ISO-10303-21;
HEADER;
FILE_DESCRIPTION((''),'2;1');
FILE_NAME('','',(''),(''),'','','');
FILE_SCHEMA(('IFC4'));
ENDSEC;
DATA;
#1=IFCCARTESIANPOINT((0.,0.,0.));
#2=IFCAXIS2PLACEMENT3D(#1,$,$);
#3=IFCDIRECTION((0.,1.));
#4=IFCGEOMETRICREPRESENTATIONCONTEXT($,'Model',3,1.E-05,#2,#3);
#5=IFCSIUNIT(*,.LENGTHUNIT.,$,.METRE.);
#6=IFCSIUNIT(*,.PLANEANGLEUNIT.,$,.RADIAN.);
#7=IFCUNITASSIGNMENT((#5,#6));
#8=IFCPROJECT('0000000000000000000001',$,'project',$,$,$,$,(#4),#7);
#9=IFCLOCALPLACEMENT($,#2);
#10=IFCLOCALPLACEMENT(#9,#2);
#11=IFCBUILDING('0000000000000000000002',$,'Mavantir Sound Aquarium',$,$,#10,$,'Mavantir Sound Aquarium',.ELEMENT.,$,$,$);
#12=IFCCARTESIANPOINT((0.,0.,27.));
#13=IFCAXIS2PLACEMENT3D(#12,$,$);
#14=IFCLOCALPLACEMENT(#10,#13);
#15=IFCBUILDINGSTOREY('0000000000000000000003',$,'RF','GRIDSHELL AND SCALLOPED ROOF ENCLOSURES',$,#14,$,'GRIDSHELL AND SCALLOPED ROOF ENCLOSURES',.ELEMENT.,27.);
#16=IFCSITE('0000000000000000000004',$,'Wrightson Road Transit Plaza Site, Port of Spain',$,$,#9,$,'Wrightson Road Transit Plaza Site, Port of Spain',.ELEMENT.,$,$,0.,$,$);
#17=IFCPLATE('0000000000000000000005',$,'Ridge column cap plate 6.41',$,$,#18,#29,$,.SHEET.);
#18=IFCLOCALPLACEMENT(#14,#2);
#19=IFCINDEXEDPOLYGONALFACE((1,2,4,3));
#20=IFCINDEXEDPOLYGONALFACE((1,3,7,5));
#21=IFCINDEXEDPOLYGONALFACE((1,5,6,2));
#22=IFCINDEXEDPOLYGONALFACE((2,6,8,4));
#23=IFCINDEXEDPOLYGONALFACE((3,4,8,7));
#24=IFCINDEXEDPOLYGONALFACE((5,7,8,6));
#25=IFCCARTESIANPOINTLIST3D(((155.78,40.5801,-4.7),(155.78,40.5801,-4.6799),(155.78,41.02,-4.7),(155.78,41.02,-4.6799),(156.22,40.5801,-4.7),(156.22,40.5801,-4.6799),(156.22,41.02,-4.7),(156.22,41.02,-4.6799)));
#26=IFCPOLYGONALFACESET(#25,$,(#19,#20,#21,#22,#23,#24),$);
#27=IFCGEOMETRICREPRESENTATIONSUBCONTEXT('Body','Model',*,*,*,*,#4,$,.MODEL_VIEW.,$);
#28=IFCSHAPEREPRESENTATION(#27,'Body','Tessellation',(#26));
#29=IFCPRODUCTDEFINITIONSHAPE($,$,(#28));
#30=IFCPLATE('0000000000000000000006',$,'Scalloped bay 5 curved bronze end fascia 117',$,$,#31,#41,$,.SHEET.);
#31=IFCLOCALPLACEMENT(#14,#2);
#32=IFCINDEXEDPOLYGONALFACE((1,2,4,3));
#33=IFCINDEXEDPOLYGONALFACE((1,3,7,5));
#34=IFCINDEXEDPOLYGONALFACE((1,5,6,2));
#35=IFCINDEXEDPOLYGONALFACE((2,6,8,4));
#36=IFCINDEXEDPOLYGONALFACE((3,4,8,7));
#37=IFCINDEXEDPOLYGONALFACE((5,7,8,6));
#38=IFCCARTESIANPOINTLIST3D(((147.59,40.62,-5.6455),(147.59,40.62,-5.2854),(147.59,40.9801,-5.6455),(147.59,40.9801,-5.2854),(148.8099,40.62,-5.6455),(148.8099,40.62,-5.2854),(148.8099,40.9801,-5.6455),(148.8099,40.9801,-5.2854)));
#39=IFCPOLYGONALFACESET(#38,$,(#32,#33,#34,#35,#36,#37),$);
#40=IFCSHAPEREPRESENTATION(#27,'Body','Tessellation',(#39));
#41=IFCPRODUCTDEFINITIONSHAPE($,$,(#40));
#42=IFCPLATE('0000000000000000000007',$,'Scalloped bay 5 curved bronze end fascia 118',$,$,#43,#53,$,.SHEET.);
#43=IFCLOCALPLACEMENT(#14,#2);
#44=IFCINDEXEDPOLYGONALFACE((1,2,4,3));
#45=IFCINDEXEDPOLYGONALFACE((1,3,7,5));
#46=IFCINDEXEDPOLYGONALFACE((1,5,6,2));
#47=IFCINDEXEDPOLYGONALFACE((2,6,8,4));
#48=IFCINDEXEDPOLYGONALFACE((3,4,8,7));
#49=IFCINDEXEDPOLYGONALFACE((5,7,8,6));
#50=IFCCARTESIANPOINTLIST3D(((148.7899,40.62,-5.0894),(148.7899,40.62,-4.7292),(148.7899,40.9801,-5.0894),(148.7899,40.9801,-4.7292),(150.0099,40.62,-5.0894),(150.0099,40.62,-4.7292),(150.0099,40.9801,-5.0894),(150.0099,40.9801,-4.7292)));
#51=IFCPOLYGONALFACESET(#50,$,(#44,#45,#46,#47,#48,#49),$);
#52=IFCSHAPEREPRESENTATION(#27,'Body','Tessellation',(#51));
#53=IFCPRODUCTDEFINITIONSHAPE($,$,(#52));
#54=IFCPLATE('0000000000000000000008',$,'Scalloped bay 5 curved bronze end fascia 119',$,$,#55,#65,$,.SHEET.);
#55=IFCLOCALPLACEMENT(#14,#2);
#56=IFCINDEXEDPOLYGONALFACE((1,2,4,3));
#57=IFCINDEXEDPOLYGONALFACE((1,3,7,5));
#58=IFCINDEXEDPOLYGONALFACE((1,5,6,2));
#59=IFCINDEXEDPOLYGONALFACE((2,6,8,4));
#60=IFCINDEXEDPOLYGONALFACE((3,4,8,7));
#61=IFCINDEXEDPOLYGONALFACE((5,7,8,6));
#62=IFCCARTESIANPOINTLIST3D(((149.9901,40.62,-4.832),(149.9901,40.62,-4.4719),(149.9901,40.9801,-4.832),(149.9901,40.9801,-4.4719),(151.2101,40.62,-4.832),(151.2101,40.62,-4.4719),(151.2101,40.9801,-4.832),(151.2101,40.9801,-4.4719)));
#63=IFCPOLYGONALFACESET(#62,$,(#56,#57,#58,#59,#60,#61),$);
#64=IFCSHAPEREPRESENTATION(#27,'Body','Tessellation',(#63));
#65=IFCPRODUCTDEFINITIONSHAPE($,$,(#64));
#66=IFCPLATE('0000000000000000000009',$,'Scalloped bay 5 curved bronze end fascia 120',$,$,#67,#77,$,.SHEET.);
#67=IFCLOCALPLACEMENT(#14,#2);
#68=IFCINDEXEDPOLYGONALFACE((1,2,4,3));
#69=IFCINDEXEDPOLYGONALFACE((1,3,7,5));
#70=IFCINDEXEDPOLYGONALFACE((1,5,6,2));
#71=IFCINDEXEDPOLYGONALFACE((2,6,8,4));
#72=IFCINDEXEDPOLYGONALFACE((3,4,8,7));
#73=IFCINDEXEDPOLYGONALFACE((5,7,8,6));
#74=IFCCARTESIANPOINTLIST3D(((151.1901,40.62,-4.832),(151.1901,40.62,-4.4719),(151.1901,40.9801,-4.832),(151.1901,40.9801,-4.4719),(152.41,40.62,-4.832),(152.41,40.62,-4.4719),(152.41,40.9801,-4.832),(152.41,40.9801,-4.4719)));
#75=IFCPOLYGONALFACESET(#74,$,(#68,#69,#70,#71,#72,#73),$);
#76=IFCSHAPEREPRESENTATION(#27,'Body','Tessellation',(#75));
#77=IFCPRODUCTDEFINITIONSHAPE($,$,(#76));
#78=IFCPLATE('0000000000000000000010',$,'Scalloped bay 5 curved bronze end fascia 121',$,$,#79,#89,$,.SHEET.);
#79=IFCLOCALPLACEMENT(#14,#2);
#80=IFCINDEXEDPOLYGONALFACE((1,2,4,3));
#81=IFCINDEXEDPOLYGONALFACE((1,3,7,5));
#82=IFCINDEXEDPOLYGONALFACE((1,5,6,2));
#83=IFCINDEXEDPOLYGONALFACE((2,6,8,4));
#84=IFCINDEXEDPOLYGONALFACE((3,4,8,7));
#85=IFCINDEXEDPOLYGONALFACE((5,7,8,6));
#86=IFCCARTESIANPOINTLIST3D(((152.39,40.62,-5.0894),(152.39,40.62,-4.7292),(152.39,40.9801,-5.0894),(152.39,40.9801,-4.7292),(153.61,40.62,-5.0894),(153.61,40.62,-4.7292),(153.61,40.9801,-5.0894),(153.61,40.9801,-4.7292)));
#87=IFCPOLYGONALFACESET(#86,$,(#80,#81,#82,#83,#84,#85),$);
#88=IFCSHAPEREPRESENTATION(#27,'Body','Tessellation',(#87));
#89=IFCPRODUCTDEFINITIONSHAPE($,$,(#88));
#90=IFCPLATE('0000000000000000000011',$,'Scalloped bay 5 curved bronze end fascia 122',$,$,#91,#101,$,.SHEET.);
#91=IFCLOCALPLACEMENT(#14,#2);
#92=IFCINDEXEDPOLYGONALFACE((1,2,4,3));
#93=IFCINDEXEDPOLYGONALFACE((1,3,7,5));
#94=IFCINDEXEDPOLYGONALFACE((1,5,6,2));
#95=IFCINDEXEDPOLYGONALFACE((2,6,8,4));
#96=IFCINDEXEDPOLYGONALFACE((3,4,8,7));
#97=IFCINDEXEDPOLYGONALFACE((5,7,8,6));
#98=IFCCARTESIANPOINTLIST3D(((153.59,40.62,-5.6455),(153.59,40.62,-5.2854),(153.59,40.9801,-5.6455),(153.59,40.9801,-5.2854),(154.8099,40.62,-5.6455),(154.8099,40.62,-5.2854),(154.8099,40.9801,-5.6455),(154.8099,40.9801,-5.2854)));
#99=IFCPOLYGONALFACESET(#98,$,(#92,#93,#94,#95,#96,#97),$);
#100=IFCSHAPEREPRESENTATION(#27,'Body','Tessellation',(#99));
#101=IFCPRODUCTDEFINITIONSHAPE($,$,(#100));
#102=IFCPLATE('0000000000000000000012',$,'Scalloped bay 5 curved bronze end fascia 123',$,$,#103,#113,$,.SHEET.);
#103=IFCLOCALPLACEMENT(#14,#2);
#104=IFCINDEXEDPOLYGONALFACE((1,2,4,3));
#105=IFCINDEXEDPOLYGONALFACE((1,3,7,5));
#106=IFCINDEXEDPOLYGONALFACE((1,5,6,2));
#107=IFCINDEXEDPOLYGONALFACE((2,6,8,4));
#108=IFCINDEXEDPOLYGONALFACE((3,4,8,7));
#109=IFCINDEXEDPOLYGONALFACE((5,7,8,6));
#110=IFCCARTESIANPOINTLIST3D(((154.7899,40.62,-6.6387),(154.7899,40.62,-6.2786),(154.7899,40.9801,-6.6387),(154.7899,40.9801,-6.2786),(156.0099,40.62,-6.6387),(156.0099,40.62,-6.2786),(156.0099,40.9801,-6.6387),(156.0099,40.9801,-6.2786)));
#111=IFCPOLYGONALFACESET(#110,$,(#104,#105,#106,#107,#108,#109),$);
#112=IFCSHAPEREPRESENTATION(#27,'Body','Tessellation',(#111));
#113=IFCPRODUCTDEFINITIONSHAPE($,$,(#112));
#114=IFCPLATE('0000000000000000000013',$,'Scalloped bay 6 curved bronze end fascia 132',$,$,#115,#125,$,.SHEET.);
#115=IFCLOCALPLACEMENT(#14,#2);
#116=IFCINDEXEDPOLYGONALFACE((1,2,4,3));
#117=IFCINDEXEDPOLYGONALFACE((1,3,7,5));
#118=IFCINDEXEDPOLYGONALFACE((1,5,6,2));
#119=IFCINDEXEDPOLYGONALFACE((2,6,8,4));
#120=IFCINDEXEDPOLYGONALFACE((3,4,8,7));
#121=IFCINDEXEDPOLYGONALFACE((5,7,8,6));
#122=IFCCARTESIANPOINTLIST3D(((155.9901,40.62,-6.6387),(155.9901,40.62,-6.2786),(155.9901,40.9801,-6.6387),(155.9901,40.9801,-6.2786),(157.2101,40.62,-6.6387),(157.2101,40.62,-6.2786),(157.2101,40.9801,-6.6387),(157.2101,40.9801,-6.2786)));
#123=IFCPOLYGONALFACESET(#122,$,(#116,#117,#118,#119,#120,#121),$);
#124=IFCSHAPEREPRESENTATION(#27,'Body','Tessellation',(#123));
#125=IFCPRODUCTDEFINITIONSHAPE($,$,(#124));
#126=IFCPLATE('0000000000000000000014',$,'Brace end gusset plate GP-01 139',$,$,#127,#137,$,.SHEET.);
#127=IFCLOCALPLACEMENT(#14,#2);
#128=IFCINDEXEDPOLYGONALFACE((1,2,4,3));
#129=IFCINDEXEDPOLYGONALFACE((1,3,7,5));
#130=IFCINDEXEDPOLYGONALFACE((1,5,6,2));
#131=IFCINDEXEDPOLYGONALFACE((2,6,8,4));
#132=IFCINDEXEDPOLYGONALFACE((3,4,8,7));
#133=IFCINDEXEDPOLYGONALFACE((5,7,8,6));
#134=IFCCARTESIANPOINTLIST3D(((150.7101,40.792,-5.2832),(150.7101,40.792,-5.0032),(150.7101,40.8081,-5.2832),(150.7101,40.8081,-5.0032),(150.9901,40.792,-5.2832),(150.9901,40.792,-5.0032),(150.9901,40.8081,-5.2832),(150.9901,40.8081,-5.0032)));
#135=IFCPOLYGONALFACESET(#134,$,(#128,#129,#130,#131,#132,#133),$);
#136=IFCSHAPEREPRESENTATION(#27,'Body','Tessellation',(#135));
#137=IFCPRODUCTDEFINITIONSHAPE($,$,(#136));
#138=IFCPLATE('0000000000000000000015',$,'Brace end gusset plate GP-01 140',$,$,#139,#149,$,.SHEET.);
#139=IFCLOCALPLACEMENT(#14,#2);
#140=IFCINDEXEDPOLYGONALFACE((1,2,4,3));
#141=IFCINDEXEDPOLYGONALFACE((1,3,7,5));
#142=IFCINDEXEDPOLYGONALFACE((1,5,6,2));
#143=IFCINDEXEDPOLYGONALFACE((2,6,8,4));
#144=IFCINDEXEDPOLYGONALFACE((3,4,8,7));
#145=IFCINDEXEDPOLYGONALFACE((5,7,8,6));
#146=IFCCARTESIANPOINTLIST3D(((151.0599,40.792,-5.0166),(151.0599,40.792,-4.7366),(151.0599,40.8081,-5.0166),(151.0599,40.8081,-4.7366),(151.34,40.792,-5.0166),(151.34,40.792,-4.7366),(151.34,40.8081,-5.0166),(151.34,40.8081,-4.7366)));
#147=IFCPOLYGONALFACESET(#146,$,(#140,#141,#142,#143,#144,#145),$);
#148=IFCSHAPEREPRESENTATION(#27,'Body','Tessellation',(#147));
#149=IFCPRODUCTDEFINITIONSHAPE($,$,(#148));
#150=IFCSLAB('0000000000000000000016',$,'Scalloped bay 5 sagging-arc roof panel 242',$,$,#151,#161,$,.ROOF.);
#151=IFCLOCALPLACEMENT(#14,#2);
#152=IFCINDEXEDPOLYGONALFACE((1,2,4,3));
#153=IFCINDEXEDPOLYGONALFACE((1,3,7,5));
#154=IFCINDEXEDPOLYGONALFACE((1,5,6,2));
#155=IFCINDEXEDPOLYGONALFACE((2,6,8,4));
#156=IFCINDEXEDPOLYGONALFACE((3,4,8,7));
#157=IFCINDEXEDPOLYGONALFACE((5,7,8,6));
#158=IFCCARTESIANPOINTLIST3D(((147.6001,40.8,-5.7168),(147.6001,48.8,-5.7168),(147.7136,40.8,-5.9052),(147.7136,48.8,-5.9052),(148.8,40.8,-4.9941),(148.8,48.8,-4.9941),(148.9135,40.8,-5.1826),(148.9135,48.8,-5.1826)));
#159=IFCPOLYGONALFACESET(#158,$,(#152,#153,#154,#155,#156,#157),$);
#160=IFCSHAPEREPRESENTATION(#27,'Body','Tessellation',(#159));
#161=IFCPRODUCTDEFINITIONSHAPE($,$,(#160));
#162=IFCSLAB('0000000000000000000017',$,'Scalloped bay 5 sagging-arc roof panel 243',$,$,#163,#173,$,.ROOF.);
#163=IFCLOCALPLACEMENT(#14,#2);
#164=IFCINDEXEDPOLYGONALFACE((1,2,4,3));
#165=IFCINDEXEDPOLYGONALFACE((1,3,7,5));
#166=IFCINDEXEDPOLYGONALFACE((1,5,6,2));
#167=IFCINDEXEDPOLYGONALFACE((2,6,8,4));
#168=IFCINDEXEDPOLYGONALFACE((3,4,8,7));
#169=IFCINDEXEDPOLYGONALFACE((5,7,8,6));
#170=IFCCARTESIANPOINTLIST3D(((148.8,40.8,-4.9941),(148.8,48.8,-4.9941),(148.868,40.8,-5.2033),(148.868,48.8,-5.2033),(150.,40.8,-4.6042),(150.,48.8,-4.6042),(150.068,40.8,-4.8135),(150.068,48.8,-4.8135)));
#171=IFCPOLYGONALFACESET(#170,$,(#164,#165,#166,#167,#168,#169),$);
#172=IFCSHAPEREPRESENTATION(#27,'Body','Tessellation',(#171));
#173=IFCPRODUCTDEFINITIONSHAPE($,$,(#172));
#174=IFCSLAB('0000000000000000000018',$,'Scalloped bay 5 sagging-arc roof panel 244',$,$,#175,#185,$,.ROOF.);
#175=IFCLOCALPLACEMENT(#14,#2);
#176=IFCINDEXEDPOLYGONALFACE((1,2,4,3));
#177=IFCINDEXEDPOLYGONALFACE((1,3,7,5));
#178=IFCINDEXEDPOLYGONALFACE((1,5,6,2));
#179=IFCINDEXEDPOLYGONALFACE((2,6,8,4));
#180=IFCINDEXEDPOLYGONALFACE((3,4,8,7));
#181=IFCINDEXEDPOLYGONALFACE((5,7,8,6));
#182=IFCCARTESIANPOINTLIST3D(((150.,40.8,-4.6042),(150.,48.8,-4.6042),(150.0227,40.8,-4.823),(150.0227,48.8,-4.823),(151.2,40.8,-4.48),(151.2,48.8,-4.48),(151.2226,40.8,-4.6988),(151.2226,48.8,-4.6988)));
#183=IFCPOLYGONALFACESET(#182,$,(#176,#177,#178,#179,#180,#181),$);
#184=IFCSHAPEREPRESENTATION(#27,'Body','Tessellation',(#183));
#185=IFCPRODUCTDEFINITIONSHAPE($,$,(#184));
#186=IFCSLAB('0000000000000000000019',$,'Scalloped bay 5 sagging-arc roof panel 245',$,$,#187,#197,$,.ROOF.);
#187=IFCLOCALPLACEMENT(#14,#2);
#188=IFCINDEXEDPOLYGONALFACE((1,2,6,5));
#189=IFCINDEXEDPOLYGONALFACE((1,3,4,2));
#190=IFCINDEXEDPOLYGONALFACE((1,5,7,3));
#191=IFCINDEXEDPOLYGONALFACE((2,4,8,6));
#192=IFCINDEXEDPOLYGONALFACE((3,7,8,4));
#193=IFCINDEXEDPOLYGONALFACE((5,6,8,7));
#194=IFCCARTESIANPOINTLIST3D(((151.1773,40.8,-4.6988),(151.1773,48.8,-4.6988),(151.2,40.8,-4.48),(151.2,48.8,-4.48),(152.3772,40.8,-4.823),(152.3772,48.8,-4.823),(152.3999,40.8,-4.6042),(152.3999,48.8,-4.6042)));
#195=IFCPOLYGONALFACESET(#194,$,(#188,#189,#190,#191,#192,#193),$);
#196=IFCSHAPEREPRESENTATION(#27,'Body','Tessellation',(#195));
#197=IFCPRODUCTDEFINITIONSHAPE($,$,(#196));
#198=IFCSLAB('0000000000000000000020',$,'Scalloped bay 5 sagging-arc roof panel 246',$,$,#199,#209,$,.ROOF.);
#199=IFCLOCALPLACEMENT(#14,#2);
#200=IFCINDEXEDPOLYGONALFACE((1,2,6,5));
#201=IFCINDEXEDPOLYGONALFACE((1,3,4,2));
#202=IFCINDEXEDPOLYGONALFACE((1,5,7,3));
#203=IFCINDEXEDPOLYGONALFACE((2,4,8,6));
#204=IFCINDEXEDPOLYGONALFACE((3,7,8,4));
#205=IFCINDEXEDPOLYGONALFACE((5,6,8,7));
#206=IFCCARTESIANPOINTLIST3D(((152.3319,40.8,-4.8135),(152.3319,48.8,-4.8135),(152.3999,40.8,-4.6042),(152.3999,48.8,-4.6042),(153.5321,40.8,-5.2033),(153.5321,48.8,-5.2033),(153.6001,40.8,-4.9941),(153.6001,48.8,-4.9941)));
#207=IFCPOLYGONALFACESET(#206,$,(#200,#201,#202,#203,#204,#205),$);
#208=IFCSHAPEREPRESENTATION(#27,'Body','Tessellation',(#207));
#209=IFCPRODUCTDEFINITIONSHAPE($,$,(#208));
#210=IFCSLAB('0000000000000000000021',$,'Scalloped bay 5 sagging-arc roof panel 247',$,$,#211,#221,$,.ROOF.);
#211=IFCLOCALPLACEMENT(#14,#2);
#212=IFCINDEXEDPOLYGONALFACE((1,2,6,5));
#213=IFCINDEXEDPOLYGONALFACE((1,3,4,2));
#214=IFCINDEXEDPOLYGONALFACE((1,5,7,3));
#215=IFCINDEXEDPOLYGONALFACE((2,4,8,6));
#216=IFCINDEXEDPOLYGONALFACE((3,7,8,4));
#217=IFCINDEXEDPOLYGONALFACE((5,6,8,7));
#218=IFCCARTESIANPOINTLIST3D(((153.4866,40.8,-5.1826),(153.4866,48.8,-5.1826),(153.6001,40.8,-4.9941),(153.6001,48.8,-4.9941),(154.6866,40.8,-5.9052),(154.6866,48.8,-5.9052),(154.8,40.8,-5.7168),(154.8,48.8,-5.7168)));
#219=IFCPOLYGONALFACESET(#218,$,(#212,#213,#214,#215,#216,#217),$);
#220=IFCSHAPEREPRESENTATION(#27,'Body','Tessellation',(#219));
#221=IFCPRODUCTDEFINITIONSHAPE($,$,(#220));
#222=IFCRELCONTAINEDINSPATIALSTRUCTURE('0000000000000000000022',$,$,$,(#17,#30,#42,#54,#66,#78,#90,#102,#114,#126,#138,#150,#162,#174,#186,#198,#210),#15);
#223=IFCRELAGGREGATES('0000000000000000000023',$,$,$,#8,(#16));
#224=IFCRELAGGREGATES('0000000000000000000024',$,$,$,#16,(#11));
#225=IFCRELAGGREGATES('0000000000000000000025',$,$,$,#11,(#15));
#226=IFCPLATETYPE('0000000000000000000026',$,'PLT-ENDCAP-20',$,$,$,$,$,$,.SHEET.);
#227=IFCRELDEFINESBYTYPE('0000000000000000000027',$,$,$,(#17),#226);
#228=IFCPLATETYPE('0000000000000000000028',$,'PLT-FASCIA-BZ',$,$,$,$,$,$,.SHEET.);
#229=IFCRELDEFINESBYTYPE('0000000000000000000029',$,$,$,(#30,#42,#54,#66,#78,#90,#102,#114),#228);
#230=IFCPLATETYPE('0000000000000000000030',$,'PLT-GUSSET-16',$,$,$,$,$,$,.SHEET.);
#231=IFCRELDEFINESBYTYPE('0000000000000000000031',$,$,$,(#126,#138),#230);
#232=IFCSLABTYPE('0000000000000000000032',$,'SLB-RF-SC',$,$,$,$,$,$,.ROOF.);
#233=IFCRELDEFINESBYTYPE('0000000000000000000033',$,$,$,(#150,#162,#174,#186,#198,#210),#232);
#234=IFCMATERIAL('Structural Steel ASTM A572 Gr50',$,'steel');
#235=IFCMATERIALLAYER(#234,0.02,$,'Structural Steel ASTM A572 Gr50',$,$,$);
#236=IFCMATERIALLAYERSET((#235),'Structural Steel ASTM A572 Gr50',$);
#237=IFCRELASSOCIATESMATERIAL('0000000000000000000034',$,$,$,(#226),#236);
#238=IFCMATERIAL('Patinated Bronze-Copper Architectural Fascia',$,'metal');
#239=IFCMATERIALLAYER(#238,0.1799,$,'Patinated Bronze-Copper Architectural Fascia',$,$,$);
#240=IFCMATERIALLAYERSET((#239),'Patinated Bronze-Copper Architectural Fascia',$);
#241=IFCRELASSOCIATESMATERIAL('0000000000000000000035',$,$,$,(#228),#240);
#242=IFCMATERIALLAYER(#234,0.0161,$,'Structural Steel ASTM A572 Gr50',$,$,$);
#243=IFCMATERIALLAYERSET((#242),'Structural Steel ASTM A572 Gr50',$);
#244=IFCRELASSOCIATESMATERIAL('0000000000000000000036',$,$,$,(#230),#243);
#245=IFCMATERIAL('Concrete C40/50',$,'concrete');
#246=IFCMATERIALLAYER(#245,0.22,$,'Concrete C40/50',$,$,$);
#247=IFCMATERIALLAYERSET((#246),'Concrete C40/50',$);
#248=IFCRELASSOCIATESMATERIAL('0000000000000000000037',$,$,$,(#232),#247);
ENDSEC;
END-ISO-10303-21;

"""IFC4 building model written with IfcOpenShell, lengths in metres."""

from ifc_helpers import new_model, si_unit, direction, frame, origin, origin_2d, place, context, subcontext, project, spatial, polyline, rectangle, outline, extrude, material, layer, layer_set, type_object, element, save


model = new_model("IFC4")

# Units and contexts
model_context = context("Model", 3, precision=1e-05, world=origin(), true_north=direction((0.0, 1.0)))
body_context = subcontext(model_context, "Body", "Model", "MODEL_VIEW")
ifc_project = project(units=[si_unit("LENGTHUNIT", "METRE"), si_unit("PLANEANGLEUNIT", "RADIAN")], contexts=[model_context])

# Site, building, storey
site_placement = place(None, origin())
site = spatial("IfcSite", under=ifc_project, at=site_placement, Name="Wrightson Road Transit Plaza Site, Port of Spain", LongName="Wrightson Road Transit Plaza Site, Port of Spain", CompositionType="ELEMENT", RefElevation=0.0)
building_placement = place(site_placement, origin())
building = spatial("IfcBuilding", under=site, at=building_placement, Name="Mavantir Sound Aquarium", LongName="Mavantir Sound Aquarium", CompositionType="ELEMENT")
storey_placement = place(building_placement, frame((0.0, 0.0, 27.0)))
storey = spatial("IfcBuildingStorey", under=building, at=storey_placement, Name="RF", Description="GRIDSHELL AND SCALLOPED ROOF ENCLOSURES", LongName="GRIDSHELL AND SCALLOPED ROOF ENCLOSURES", CompositionType="ELEMENT", Elevation=27.0)

# Shared definitions
ifc_material_1 = material(Name="Concrete C40/50", Category="concrete")

# Plates
ifc_material_2 = material(Name="Structural Steel ASTM A572 Gr50", Category="steel")
ifc_layer_1 = layer(ifc_material_2, 0.02, Name="Structural Steel ASTM A572 Gr50")
ifc_layer_set_1 = layer_set([ifc_layer_1], Name="Structural Steel ASTM A572 Gr50")
plate_type_1 = type_object("IfcPlateType", Name="PLT-ENDCAP-20", PredefinedType="SHEET", material=ifc_layer_set_1)
plate_placement = place(storey_placement, frame((156.0, 40.8, -4.7), z_axis=(0.0, 0.0, 1.0), x_axis=(1.0, 0.0, 0.0)))
element("IfcPlate", 1, at=plate_placement, inside=storey, type_object=plate_type_1, Name="Ridge column cap plate 6.41", PredefinedType="SHEET", context=body_context, shape_type="SweptSolid", body=[
    extrude(rectangle(XDim=0.4399, YDim=0.4399, at=origin_2d()), origin(), (0.0, 0.0, 1.0), 0.02),
])
ifc_material_3 = material(Name="Patinated Bronze-Copper Architectural Fascia", Category="metal")
ifc_layer_2 = layer(ifc_material_3, 0.1799, Name="Patinated Bronze-Copper Architectural Fascia")
ifc_layer_set_2 = layer_set([ifc_layer_2], Name="Patinated Bronze-Copper Architectural Fascia")
plate_type_2 = type_object("IfcPlateType", Name="PLT-FASCIA-BZ", PredefinedType="SHEET", material=ifc_layer_set_2)
for number, where, z_axis, x_axis, name in (
    (2, (148.2, 40.8, -5.6455), (0.0, 0.0, 1.0), (1.0, 0.0, 0.0), "Scalloped bay 5 curved bronze end fascia 117"),
    (3, (149.3999, 40.8, -5.0894), (0.0, 0.0, 1.0), (1.0, 0.0, 0.0), "Scalloped bay 5 curved bronze end fascia 118"),
    (4, (150.6001, 40.8, -4.832), (0.0, 0.0, 1.0), (1.0, 0.0, 0.0), "Scalloped bay 5 curved bronze end fascia 119"),
    (5, (151.8, 40.8, -4.832), (0.0, 0.0, 1.0), (1.0, 0.0, 0.0), "Scalloped bay 5 curved bronze end fascia 120"),
    (6, (153.0, 40.8, -5.0894), (0.0, 0.0, 1.0), (1.0, 0.0, 0.0), "Scalloped bay 5 curved bronze end fascia 121"),
    (7, (154.2, 40.8, -5.6455), (0.0, 0.0, 1.0), (1.0, 0.0, 0.0), "Scalloped bay 5 curved bronze end fascia 122"),
    (8, (155.3999, 40.8, -6.6387), (0.0, 0.0, 1.0), (1.0, 0.0, 0.0), "Scalloped bay 5 curved bronze end fascia 123"),
    (9, (156.6001, 40.8, -6.6387), (0.0, 0.0, 1.0), (1.0, 0.0, 0.0), "Scalloped bay 6 curved bronze end fascia 132"),
):
    element("IfcPlate", number, at=place(storey_placement, frame(where, z_axis=z_axis, x_axis=x_axis)), inside=storey, type_object=plate_type_2, Name=name, PredefinedType="SHEET", context=body_context, shape_type="SweptSolid", body=[
        extrude(rectangle(XDim=1.22, YDim=0.3601, at=origin_2d()), origin(), (0.0, 0.0, 1.0), 0.3601),
    ])
ifc_layer_3 = layer(ifc_material_2, 0.0161, Name="Structural Steel ASTM A572 Gr50")
ifc_layer_set_3 = layer_set([ifc_layer_3], Name="Structural Steel ASTM A572 Gr50")
plate_type_3 = type_object("IfcPlateType", Name="PLT-GUSSET-16", PredefinedType="SHEET", material=ifc_layer_set_3)
for number, where, z_axis, x_axis, name in (
    (10, (150.8501, 40.8, -5.2832), (0.0, 0.0, 1.0), (1.0, 0.0, 0.0), "Brace end gusset plate GP-01 139"),
    (11, (151.2, 40.8, -5.0166), (0.0, 0.0, 1.0), (1.0, 0.0, 0.0), "Brace end gusset plate GP-01 140"),
):
    element("IfcPlate", number, at=place(storey_placement, frame(where, z_axis=z_axis, x_axis=x_axis)), inside=storey, type_object=plate_type_3, Name=name, PredefinedType="SHEET", context=body_context, shape_type="SweptSolid", body=[
        extrude(rectangle(XDim=0.28, YDim=0.0161, at=origin_2d()), origin(), (0.0, 0.0, 1.0), 0.28),
    ])

# Slabs
ifc_layer_4 = layer(ifc_material_1, 0.22, Name="Concrete C40/50")
ifc_layer_set_4 = layer_set([ifc_layer_4], Name="Concrete C40/50")
slab_type = type_object("IfcSlabType", Name="SLB-RF-SC", PredefinedType="ROOF", material=ifc_layer_set_4)
slab_1_placement = place(storey_placement, frame((147.6001, 40.8, -5.7168), z_axis=(-0.515905, 0.0, 0.856646), x_axis=(0.856646, 0.0, 0.515905)))
element("IfcSlab", 12, at=slab_1_placement, inside=storey, type_object=slab_type, Name="Scalloped bay 5 sagging-arc roof panel 242", PredefinedType="ROOF", context=body_context, shape_type="SweptSolid", body=[
    extrude(outline(polyline([(0.0, 0.0), (1.4008, 0.0), (1.4008, 8.0), (0.0, 8.0), (0.0, 0.0)])), origin(), (0.0, 0.0, -1.0), 0.22),
])
slab_2_placement = place(storey_placement, frame((148.8, 40.8, -4.9941), z_axis=(-0.30902, 0.0, 0.951055), x_axis=(0.951055, 0.0, 0.30902)))
element("IfcSlab", 13, at=slab_2_placement, inside=storey, type_object=slab_type, Name="Scalloped bay 5 sagging-arc roof panel 243", PredefinedType="ROOF", context=body_context, shape_type="SweptSolid", body=[
    extrude(outline(polyline([(0.0, 0.0), (1.2617, 0.0), (1.2617, 8.0), (0.0, 8.0), (0.0, 0.0)])), origin(), (0.0, 0.0, -1.0), 0.22),
])
for number, where, z_axis, x_axis, name in (
    (14, (150.0, 40.8, -4.6042), (-0.10301, 0.0, 0.99468), (0.99468, 0.0, 0.10301), "Scalloped bay 5 sagging-arc roof panel 244"),
    (15, (151.2, 40.8, -4.48), (0.10301, 0.0, 0.99468), (0.99468, 0.0, -0.10301), "Scalloped bay 5 sagging-arc roof panel 245"),
):
    element("IfcSlab", number, at=place(storey_placement, frame(where, z_axis=z_axis, x_axis=x_axis)), inside=storey, type_object=slab_type, Name=name, PredefinedType="ROOF", context=body_context, shape_type="SweptSolid", body=[
        extrude(outline(polyline([(0.0, 0.0), (1.2064, 0.0), (1.2064, 8.0), (0.0, 8.0), (0.0, 0.0)])), origin(), (0.0, 0.0, -1.0), 0.22),
    ])
slab_3_placement = place(storey_placement, frame((152.3999, 40.8, -4.6042), z_axis=(0.308964, 0.0, 0.951074), x_axis=(0.951074, 0.0, -0.308964)))
element("IfcSlab", 16, at=slab_3_placement, inside=storey, type_object=slab_type, Name="Scalloped bay 5 sagging-arc roof panel 246", PredefinedType="ROOF", context=body_context, shape_type="SweptSolid", body=[
    extrude(outline(polyline([(0.0, 0.0), (1.2619, 0.0), (1.2619, 8.0), (0.0, 8.0), (0.0, 0.0)])), origin(), (0.0, 0.0, -1.0), 0.22),
])
slab_4_placement = place(storey_placement, frame((153.6001, 40.8, -4.9941), z_axis=(0.515905, 0.0, 0.856646), x_axis=(0.856646, 0.0, -0.515905)))
element("IfcSlab", 17, at=slab_4_placement, inside=storey, type_object=slab_type, Name="Scalloped bay 5 sagging-arc roof panel 247", PredefinedType="ROOF", context=body_context, shape_type="SweptSolid", body=[
    extrude(outline(polyline([(0.0, 0.0), (1.4008, 0.0), (1.4008, 8.0), (0.0, 8.0), (0.0, 0.0)])), origin(), (0.0, 0.0, -1.0), 0.22),
])

save(model, "model.ifc")
